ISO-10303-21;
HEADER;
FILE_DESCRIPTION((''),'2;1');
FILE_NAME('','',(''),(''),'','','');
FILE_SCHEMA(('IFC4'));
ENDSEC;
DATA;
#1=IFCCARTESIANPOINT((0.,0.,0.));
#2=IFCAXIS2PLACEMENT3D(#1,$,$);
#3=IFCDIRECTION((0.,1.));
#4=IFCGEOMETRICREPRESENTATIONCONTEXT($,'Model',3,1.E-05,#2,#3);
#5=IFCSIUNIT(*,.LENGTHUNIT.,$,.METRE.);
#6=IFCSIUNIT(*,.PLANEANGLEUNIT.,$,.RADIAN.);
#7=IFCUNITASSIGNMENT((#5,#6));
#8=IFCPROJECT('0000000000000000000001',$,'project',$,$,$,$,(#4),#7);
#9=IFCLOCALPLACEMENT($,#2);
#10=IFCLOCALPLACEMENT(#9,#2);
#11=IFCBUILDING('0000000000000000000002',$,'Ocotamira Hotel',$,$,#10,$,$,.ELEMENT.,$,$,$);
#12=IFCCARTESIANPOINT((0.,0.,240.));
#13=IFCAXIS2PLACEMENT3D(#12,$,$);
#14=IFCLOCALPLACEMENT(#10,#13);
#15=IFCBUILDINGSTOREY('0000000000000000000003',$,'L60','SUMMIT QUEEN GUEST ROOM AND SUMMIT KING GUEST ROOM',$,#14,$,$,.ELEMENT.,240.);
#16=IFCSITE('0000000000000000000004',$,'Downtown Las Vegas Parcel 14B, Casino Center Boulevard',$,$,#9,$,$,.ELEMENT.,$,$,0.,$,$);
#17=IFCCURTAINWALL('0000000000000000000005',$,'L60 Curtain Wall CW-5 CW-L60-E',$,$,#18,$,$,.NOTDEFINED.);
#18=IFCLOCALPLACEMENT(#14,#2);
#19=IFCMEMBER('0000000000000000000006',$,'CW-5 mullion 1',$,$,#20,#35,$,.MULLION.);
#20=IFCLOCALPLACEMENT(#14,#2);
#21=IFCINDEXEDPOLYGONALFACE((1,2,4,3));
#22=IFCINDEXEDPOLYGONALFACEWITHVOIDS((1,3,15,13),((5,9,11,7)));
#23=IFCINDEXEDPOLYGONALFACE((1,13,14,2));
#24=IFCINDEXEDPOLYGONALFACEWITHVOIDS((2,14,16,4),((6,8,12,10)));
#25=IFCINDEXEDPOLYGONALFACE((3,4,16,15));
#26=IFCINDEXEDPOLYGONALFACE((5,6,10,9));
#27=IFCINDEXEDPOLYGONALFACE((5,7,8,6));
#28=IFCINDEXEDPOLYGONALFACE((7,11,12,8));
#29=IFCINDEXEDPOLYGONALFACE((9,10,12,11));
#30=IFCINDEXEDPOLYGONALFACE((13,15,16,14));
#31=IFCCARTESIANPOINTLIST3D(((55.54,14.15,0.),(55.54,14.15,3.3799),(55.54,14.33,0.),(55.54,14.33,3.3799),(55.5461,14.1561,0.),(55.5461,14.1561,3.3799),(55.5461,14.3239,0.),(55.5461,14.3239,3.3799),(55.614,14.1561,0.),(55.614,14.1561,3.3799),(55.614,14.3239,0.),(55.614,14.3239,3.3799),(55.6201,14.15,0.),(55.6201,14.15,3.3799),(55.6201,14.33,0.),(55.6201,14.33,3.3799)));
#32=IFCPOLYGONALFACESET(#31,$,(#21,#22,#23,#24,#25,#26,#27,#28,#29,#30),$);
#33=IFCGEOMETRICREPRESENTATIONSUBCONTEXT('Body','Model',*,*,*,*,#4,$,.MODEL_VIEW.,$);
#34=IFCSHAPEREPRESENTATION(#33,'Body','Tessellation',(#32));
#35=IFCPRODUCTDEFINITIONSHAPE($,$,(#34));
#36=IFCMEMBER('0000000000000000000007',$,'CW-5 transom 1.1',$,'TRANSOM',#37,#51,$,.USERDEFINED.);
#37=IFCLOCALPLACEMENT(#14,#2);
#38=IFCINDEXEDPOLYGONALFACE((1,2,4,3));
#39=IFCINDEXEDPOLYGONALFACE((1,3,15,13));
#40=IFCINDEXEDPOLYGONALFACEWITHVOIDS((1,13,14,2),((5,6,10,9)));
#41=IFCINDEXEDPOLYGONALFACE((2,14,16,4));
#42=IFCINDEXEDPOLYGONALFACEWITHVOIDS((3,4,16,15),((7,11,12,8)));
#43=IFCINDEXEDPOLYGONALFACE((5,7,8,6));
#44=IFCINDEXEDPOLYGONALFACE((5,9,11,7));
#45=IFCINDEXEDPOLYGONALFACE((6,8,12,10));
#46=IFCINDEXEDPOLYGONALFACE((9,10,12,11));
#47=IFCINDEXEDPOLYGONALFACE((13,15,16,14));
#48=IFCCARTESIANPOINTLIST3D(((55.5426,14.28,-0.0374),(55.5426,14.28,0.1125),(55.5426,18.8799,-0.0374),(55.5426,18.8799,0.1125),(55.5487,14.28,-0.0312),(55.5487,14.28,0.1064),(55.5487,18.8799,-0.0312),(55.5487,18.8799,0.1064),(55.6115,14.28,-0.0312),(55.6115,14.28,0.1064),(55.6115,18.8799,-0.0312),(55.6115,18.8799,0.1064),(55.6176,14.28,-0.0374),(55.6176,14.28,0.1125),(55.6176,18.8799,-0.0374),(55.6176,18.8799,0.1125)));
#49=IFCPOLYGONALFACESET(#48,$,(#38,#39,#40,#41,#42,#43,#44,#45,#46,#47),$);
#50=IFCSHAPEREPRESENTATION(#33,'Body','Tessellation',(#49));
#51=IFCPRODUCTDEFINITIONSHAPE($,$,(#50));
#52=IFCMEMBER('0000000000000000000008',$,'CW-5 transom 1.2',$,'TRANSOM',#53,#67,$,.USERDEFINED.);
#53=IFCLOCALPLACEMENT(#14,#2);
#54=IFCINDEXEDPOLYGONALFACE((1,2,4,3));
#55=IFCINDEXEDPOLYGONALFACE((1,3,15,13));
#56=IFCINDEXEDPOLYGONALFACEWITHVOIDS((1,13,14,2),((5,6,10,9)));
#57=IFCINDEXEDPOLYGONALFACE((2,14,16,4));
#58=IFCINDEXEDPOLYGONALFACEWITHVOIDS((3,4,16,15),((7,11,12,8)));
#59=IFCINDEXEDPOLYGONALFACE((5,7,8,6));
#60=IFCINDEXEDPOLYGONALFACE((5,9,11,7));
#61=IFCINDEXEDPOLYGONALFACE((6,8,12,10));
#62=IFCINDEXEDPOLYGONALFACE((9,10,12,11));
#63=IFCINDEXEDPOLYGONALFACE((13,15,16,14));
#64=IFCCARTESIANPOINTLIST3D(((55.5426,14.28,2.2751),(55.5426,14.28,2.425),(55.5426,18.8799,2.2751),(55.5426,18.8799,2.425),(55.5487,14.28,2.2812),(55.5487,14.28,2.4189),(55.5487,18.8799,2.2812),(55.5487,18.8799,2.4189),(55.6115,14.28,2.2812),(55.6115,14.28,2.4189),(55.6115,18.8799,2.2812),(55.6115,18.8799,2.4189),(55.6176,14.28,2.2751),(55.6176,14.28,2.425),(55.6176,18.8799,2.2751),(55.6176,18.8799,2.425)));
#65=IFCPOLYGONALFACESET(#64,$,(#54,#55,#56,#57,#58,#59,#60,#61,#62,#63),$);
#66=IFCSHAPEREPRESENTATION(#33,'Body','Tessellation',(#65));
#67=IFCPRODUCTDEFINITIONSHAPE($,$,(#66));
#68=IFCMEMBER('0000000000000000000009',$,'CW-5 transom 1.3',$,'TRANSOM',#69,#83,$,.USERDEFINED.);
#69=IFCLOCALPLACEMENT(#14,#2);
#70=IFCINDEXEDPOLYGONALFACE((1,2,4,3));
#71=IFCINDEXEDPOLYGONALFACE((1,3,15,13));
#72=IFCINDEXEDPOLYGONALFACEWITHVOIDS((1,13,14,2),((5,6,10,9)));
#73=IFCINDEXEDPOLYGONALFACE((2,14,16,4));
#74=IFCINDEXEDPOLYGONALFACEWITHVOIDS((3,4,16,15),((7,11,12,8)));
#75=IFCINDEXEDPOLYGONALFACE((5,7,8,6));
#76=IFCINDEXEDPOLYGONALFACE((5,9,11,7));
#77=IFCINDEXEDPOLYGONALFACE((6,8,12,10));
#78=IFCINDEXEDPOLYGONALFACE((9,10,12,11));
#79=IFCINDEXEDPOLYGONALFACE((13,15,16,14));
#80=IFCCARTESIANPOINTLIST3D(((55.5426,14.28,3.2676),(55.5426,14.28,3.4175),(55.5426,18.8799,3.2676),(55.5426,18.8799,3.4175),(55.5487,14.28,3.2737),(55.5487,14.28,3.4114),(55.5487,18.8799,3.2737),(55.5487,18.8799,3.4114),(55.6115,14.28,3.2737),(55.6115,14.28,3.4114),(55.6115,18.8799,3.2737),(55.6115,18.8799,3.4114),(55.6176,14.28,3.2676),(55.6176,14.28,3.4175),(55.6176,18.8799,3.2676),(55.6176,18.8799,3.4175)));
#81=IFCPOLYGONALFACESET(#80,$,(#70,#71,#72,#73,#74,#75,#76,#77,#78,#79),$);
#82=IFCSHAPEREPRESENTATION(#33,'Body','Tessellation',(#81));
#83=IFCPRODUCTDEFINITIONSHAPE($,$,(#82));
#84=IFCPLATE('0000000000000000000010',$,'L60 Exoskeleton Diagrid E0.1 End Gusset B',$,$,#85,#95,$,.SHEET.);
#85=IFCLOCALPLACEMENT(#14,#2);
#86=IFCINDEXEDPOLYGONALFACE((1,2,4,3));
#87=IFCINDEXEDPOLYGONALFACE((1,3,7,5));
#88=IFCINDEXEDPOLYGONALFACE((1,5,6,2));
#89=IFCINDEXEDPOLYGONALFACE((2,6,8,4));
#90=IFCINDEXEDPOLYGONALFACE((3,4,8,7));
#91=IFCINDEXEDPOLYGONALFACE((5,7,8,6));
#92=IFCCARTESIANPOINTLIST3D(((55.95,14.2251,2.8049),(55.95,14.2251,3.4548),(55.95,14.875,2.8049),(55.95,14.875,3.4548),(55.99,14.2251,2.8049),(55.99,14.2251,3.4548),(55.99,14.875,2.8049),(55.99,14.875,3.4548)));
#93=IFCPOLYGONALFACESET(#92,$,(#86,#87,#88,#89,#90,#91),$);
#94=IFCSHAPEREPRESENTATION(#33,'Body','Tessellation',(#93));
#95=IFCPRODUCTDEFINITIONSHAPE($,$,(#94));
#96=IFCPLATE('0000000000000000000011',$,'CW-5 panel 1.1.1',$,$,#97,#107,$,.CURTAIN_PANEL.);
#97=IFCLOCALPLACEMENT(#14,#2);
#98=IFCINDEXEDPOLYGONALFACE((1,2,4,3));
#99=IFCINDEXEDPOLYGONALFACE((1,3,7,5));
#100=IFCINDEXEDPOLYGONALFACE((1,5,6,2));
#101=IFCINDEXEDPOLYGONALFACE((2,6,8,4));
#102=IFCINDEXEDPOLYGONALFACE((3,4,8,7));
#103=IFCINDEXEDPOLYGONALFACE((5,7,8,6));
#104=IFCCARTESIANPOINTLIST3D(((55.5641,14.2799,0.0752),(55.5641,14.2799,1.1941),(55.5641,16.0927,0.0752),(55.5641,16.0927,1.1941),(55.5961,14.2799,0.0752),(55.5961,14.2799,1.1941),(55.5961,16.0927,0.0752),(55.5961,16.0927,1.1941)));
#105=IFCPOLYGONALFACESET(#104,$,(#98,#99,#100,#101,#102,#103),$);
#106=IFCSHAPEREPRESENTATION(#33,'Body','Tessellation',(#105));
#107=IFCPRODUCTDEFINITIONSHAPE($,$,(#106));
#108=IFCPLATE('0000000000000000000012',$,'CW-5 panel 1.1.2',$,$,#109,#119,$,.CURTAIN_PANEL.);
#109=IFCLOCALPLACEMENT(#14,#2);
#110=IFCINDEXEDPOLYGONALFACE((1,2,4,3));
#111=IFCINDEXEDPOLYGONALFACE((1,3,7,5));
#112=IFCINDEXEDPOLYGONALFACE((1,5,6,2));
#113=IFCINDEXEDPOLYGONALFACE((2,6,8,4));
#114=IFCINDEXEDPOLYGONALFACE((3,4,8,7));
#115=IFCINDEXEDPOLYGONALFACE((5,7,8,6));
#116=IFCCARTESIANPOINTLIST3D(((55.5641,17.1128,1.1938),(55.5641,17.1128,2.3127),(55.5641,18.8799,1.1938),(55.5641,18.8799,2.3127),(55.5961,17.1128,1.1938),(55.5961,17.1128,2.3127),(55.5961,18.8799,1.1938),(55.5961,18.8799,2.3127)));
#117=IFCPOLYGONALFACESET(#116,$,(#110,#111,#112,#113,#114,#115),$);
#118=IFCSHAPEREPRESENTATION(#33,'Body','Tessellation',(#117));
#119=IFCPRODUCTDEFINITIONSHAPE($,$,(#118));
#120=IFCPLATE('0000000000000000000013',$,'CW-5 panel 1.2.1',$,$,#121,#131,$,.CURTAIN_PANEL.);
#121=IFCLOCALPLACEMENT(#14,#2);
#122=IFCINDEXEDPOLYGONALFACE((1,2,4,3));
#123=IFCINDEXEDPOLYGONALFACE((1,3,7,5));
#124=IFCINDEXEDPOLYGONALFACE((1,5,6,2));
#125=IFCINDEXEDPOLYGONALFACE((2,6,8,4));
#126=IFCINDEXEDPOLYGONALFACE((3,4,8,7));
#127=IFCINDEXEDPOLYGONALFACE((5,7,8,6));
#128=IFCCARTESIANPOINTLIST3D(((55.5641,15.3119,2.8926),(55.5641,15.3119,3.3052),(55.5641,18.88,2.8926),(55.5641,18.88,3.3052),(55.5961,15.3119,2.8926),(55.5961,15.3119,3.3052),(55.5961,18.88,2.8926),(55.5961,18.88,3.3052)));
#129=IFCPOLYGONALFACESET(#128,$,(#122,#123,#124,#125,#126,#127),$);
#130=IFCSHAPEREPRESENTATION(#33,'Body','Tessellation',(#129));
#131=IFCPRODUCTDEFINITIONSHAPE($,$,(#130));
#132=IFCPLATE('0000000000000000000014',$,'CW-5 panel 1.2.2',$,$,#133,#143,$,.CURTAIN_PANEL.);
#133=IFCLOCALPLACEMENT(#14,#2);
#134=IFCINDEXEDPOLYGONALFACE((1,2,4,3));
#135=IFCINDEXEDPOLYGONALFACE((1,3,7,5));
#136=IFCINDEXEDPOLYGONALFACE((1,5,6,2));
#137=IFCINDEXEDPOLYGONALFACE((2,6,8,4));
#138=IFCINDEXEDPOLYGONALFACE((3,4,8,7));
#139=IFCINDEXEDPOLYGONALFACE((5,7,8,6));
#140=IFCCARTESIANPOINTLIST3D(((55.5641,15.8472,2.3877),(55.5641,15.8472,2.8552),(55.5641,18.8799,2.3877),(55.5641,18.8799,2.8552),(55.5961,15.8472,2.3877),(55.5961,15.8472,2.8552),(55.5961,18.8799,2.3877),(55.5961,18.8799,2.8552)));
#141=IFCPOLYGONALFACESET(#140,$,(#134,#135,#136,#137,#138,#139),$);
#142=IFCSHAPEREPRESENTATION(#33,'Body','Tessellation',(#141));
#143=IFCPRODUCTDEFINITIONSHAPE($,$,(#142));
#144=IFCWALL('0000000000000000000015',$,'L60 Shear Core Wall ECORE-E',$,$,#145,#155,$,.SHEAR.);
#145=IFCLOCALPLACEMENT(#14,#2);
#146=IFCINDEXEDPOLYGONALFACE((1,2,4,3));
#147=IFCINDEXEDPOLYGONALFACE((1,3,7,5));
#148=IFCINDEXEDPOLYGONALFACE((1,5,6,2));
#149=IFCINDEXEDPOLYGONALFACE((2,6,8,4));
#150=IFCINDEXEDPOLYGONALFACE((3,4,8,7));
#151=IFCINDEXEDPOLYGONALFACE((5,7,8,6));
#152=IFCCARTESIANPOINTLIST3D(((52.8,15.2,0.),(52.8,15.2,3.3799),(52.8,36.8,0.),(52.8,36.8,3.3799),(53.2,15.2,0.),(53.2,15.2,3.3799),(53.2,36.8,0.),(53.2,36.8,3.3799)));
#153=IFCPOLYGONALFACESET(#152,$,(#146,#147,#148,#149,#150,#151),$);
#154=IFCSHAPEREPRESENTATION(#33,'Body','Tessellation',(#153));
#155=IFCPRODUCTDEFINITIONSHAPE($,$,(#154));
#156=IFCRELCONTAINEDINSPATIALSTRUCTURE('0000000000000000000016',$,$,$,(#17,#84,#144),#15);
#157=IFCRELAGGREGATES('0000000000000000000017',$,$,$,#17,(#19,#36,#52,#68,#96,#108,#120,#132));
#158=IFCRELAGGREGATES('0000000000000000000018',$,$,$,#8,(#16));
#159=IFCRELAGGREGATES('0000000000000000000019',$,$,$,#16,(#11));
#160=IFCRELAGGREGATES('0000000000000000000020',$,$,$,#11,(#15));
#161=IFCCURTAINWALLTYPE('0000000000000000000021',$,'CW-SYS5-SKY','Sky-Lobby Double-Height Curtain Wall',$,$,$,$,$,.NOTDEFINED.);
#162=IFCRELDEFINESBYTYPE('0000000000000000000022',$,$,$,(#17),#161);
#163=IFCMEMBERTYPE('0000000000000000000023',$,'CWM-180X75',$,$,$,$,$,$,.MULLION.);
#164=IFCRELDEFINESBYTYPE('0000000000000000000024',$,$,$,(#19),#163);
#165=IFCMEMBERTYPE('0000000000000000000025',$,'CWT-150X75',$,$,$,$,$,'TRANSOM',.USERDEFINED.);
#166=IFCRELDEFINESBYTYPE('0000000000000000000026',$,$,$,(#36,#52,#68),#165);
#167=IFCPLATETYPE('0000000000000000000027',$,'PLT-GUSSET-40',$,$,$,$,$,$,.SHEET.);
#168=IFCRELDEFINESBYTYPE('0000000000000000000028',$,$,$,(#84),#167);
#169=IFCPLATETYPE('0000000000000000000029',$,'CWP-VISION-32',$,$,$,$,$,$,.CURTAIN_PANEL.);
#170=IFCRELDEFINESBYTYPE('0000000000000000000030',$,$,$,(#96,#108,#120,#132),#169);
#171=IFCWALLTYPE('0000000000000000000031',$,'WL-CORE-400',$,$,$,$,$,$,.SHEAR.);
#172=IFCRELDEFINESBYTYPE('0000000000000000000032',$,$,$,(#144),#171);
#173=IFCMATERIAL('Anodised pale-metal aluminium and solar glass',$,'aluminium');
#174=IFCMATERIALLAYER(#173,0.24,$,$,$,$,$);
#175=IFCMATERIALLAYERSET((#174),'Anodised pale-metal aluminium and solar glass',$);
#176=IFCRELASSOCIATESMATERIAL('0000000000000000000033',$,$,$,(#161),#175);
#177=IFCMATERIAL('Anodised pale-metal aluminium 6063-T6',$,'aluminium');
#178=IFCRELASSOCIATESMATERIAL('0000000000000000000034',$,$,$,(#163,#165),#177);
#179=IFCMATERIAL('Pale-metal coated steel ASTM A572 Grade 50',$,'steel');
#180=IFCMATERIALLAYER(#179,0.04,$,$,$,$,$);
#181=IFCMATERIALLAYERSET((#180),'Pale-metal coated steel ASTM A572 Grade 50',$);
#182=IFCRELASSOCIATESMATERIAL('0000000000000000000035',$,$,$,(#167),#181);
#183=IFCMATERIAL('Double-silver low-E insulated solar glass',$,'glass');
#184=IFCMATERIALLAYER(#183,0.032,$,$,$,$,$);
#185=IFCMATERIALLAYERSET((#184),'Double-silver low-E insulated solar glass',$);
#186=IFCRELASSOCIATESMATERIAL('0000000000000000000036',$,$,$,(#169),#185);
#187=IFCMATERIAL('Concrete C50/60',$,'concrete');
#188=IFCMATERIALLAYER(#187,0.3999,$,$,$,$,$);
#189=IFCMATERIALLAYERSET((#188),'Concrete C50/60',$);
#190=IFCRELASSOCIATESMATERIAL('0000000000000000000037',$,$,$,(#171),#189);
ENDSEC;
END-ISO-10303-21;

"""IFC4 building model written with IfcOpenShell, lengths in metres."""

from ifc_helpers import new_model, si_unit, direction, frame, frame_2d, origin, origin_2d, place, context, subcontext, project, spatial, rectangle, hollow_rectangle, extrude, source, transform, mapped, material, layer, layer_set, material_profile, profile_set, type_object, element, aggregate, save


model = new_model("IFC4")

# Units and contexts
model_context = context("Model", 3, precision=1e-05, world=origin(), true_north=direction((0.0, 1.0)))
body_context = subcontext(model_context, "Body", "Model", "MODEL_VIEW")
ifc_project = project(units=[si_unit("LENGTHUNIT", "METRE"), si_unit("PLANEANGLEUNIT", "RADIAN")], contexts=[model_context])

# Site, building, storey
site_placement = place(None, origin())
site = spatial("IfcSite", under=ifc_project, at=site_placement, Name="Downtown Las Vegas Parcel 14B, Casino Center Boulevard", CompositionType="ELEMENT", RefElevation=0.0)
building_placement = place(site_placement, origin())
building = spatial("IfcBuilding", under=site, at=building_placement, Name="Ocotamira Hotel", CompositionType="ELEMENT")
storey_placement = place(building_placement, frame((0.0, 0.0, 240.0)))
storey = spatial("IfcBuildingStorey", under=building, at=storey_placement, Name="L60", Description="SUMMIT QUEEN GUEST ROOM AND SUMMIT KING GUEST ROOM", CompositionType="ELEMENT", Elevation=240.0)

# Curtain wall, members
ifc_material_1 = material(Name="Anodised pale-metal aluminium and solar glass", Category="aluminium")
ifc_layer_1 = layer(ifc_material_1, 0.24)
ifc_layer_set_1 = layer_set([ifc_layer_1], Name="Anodised pale-metal aluminium and solar glass")
curtain_wall_type = type_object("IfcCurtainWallType", Name="CW-SYS5-SKY", Description="Sky-Lobby Double-Height Curtain Wall", PredefinedType="NOTDEFINED", material=ifc_layer_set_1)
curtain_wall_placement = place(storey_placement, origin())
curtain_wall = element("IfcCurtainWall", 1, at=curtain_wall_placement, inside=storey, type_object=curtain_wall_type, Name="L60 Curtain Wall CW-5 CW-L60-E", PredefinedType="NOTDEFINED")
ifc_material_2 = material(Name="Anodised pale-metal aluminium 6063-T6", Category="aluminium")
ifc_material_profile_1 = material_profile(ifc_material_2, hollow_rectangle(XDim=0.0801, YDim=0.1799, WallThickness=0.0061, at=origin_2d()), Name="HSS180X80X6")
ifc_profile_set_1 = profile_set([ifc_material_profile_1], Name="Anodised pale-metal aluminium 6063-T6")
member_type_1 = type_object("IfcMemberType", Name="CWM-180X75", PredefinedType="MULLION", material=ifc_profile_set_1)
shared_shape_1 = source(origin(), body_context, "Body", "SweptSolid", [
    extrude(hollow_rectangle(XDim=0.0801, YDim=0.1799, WallThickness=0.0061, at=origin_2d()), origin(), (0.0, 0.0, 1.0), 3.3799),
])
member_1_placement = place(storey_placement, frame((55.5801, 14.24, 0.0), z_axis=(0.0, 0.0, 1.0), x_axis=(-1.0, 0.0, 0.0)))
member_1 = element("IfcMember", 2, at=member_1_placement, type_object=member_type_1, Name="CW-5 mullion 1", PredefinedType="MULLION", context=body_context, shape_type="MappedRepresentation", body=[
    mapped(shared_shape_1, transform((0.0, 0.0, 0.0), scale=1.0)),
])
ifc_material_profile_2 = material_profile(ifc_material_2, hollow_rectangle(XDim=0.075, YDim=0.1499, WallThickness=0.0061, at=origin_2d()), Name="HSS150X75X6")
ifc_profile_set_2 = profile_set([ifc_material_profile_2], Name="Anodised pale-metal aluminium 6063-T6")
member_type_2 = type_object("IfcMemberType", Name="CWT-150X75", ElementType="TRANSOM", PredefinedType="USERDEFINED", material=ifc_profile_set_2)
shared_shape_2 = source(origin(), body_context, "Body", "SweptSolid", [
    extrude(hollow_rectangle(XDim=0.075, YDim=0.1499, WallThickness=0.0061, at=origin_2d()), origin(), (0.0, 0.0, 1.0), 4.5999),
])
member_2_placement = place(storey_placement, frame((55.5801, 14.28, 0.0376), z_axis=(0.0, 1.0, 0.0), x_axis=(-1.0, 0.0, 0.0)))
member_2 = element("IfcMember", 3, at=member_2_placement, type_object=member_type_2, Name="CW-5 transom 1.1", ObjectType="TRANSOM", PredefinedType="USERDEFINED", context=body_context, shape_type="MappedRepresentation", body=[
    mapped(shared_shape_2, transform((0.0, 0.0, 0.0), scale=1.0)),
])
member_3_placement = place(storey_placement, frame((55.5801, 14.28, 2.3501), z_axis=(0.0, 1.0, 0.0), x_axis=(-1.0, 0.0, 0.0)))
member_3 = element("IfcMember", 4, at=member_3_placement, type_object=member_type_2, Name="CW-5 transom 1.2", ObjectType="TRANSOM", PredefinedType="USERDEFINED", context=body_context, shape_type="MappedRepresentation", body=[
    mapped(shared_shape_2, transform((0.0, 0.0, 0.0), scale=1.0)),
])
member_4_placement = place(storey_placement, frame((55.5801, 14.28, 3.3425), z_axis=(0.0, 1.0, 0.0), x_axis=(-1.0, 0.0, 0.0)))
member_4 = element("IfcMember", 5, at=member_4_placement, type_object=member_type_2, Name="CW-5 transom 1.3", ObjectType="TRANSOM", PredefinedType="USERDEFINED", context=body_context, shape_type="MappedRepresentation", body=[
    mapped(shared_shape_2, transform((0.0, 0.0, 0.0), scale=1.0)),
])

# Plates
ifc_material_3 = material(Name="Pale-metal coated steel ASTM A572 Grade 50", Category="steel")
ifc_layer_2 = layer(ifc_material_3, 0.04)
ifc_layer_set_2 = layer_set([ifc_layer_2], Name="Pale-metal coated steel ASTM A572 Grade 50")
plate_type_1 = type_object("IfcPlateType", Name="PLT-GUSSET-40", PredefinedType="SHEET", material=ifc_layer_set_2)
shared_shape_3 = source(origin(), body_context, "Body", "SweptSolid", [
    extrude(rectangle(XDim=0.04, YDim=0.6499, at=origin_2d()), origin(), (0.0, 0.0, 1.0), 0.6499),
])
plate_1_placement = place(storey_placement, frame((55.97, 14.55, 2.8049), z_axis=(0.0, 0.0, 1.0), x_axis=(1.0, 0.0, 0.0)))
element("IfcPlate", 6, at=plate_1_placement, inside=storey, type_object=plate_type_1, Name="L60 Exoskeleton Diagrid E0.1 End Gusset B", PredefinedType="SHEET", context=body_context, shape_type="MappedRepresentation", body=[
    mapped(shared_shape_3, transform((0.0, 0.0, 0.0), scale=1.0)),
])
ifc_material_4 = material(Name="Double-silver low-E insulated solar glass", Category="glass")
ifc_layer_3 = layer(ifc_material_4, 0.032)
ifc_layer_set_3 = layer_set([ifc_layer_3], Name="Double-silver low-E insulated solar glass")
plate_type_2 = type_object("IfcPlateType", Name="CWP-VISION-32", PredefinedType="CURTAIN_PANEL", material=ifc_layer_set_3)
shared_shape_4 = source(origin(), body_context, "Body", "SweptSolid", [
    extrude(rectangle(XDim=1.8127, YDim=0.032, at=origin_2d()), origin(), (0.0, 0.0, 1.0), 1.1189),
])
plate_2_placement = place(storey_placement, frame((55.5801, 15.1863, 0.0752), z_axis=(0.0, 0.0, 1.0), x_axis=(0.0, 1.0, 0.0)))
plate_2 = element("IfcPlate", 7, at=plate_2_placement, type_object=plate_type_2, Name="CW-5 panel 1.1.1", PredefinedType="CURTAIN_PANEL", context=body_context, shape_type="MappedRepresentation", body=[
    mapped(shared_shape_4, transform((0.0, 0.0, 0.0), scale=1.0)),
])
shared_shape_5 = source(origin(), body_context, "Body", "SweptSolid", [
    extrude(rectangle(XDim=1.7671, YDim=0.032, at=origin_2d()), origin(), (0.0, 0.0, 1.0), 1.1189),
])
plate_3_placement = place(storey_placement, frame((55.5801, 17.9963, 1.1938), z_axis=(0.0, 0.0, 1.0), x_axis=(0.0, 1.0, 0.0)))
plate_3 = element("IfcPlate", 8, at=plate_3_placement, type_object=plate_type_2, Name="CW-5 panel 1.1.2", PredefinedType="CURTAIN_PANEL", context=body_context, shape_type="MappedRepresentation", body=[
    mapped(shared_shape_5, transform((0.0, 0.0, 0.0), scale=1.0)),
])
shared_shape_6 = source(origin(), body_context, "Body", "SweptSolid", [
    extrude(rectangle(XDim=3.5681, YDim=0.032, at=origin_2d()), origin(), (0.0, 0.0, 1.0), 0.4126),
])
plate_4_placement = place(storey_placement, frame((55.5801, 17.0959, 2.8926), z_axis=(0.0, 0.0, 1.0), x_axis=(0.0, 1.0, 0.0)))
plate_4 = element("IfcPlate", 9, at=plate_4_placement, type_object=plate_type_2, Name="CW-5 panel 1.2.1", PredefinedType="CURTAIN_PANEL", context=body_context, shape_type="MappedRepresentation", body=[
    mapped(shared_shape_6, transform((0.0, 0.0, 0.0), scale=1.0)),
])
shared_shape_7 = source(origin(), body_context, "Body", "SweptSolid", [
    extrude(rectangle(XDim=3.0327, YDim=0.032, at=origin_2d()), origin(), (0.0, 0.0, 1.0), 0.4675),
])
plate_5_placement = place(storey_placement, frame((55.5801, 17.3635, 2.3877), z_axis=(0.0, 0.0, 1.0), x_axis=(0.0, 1.0, 0.0)))
plate_5 = element("IfcPlate", 10, at=plate_5_placement, type_object=plate_type_2, Name="CW-5 panel 1.2.2", PredefinedType="CURTAIN_PANEL", context=body_context, shape_type="MappedRepresentation", body=[
    mapped(shared_shape_7, transform((0.0, 0.0, 0.0), scale=1.0)),
])
aggregate(curtain_wall, [member_1, member_2, member_3, member_4, plate_2, plate_3, plate_4, plate_5])

# Wall
ifc_material_5 = material(Name="Concrete C50/60", Category="concrete")
ifc_layer_4 = layer(ifc_material_5, 0.3999)
ifc_layer_set_4 = layer_set([ifc_layer_4], Name="Concrete C50/60")
wall_type_1 = type_object("IfcWallType", Name="WL-CORE-400", PredefinedType="SHEAR", material=ifc_layer_set_4)
wall_1_placement = place(storey_placement, frame((53.0, 15.2, 0.0), z_axis=(0.0, 0.0, 1.0), x_axis=(0.0, 1.0, 0.0)))
element("IfcWall", 11, at=wall_1_placement, inside=storey, type_object=wall_type_1, Name="L60 Shear Core Wall ECORE-E", PredefinedType="SHEAR", context=body_context, shape_type="SweptSolid", body=[
    extrude(rectangle(XDim=21.6001, YDim=0.3999, at=frame_2d((10.8, 0.0))), origin(), (0.0, 0.0, 1.0), 3.3799),
])

save(model, "model.ifc")
